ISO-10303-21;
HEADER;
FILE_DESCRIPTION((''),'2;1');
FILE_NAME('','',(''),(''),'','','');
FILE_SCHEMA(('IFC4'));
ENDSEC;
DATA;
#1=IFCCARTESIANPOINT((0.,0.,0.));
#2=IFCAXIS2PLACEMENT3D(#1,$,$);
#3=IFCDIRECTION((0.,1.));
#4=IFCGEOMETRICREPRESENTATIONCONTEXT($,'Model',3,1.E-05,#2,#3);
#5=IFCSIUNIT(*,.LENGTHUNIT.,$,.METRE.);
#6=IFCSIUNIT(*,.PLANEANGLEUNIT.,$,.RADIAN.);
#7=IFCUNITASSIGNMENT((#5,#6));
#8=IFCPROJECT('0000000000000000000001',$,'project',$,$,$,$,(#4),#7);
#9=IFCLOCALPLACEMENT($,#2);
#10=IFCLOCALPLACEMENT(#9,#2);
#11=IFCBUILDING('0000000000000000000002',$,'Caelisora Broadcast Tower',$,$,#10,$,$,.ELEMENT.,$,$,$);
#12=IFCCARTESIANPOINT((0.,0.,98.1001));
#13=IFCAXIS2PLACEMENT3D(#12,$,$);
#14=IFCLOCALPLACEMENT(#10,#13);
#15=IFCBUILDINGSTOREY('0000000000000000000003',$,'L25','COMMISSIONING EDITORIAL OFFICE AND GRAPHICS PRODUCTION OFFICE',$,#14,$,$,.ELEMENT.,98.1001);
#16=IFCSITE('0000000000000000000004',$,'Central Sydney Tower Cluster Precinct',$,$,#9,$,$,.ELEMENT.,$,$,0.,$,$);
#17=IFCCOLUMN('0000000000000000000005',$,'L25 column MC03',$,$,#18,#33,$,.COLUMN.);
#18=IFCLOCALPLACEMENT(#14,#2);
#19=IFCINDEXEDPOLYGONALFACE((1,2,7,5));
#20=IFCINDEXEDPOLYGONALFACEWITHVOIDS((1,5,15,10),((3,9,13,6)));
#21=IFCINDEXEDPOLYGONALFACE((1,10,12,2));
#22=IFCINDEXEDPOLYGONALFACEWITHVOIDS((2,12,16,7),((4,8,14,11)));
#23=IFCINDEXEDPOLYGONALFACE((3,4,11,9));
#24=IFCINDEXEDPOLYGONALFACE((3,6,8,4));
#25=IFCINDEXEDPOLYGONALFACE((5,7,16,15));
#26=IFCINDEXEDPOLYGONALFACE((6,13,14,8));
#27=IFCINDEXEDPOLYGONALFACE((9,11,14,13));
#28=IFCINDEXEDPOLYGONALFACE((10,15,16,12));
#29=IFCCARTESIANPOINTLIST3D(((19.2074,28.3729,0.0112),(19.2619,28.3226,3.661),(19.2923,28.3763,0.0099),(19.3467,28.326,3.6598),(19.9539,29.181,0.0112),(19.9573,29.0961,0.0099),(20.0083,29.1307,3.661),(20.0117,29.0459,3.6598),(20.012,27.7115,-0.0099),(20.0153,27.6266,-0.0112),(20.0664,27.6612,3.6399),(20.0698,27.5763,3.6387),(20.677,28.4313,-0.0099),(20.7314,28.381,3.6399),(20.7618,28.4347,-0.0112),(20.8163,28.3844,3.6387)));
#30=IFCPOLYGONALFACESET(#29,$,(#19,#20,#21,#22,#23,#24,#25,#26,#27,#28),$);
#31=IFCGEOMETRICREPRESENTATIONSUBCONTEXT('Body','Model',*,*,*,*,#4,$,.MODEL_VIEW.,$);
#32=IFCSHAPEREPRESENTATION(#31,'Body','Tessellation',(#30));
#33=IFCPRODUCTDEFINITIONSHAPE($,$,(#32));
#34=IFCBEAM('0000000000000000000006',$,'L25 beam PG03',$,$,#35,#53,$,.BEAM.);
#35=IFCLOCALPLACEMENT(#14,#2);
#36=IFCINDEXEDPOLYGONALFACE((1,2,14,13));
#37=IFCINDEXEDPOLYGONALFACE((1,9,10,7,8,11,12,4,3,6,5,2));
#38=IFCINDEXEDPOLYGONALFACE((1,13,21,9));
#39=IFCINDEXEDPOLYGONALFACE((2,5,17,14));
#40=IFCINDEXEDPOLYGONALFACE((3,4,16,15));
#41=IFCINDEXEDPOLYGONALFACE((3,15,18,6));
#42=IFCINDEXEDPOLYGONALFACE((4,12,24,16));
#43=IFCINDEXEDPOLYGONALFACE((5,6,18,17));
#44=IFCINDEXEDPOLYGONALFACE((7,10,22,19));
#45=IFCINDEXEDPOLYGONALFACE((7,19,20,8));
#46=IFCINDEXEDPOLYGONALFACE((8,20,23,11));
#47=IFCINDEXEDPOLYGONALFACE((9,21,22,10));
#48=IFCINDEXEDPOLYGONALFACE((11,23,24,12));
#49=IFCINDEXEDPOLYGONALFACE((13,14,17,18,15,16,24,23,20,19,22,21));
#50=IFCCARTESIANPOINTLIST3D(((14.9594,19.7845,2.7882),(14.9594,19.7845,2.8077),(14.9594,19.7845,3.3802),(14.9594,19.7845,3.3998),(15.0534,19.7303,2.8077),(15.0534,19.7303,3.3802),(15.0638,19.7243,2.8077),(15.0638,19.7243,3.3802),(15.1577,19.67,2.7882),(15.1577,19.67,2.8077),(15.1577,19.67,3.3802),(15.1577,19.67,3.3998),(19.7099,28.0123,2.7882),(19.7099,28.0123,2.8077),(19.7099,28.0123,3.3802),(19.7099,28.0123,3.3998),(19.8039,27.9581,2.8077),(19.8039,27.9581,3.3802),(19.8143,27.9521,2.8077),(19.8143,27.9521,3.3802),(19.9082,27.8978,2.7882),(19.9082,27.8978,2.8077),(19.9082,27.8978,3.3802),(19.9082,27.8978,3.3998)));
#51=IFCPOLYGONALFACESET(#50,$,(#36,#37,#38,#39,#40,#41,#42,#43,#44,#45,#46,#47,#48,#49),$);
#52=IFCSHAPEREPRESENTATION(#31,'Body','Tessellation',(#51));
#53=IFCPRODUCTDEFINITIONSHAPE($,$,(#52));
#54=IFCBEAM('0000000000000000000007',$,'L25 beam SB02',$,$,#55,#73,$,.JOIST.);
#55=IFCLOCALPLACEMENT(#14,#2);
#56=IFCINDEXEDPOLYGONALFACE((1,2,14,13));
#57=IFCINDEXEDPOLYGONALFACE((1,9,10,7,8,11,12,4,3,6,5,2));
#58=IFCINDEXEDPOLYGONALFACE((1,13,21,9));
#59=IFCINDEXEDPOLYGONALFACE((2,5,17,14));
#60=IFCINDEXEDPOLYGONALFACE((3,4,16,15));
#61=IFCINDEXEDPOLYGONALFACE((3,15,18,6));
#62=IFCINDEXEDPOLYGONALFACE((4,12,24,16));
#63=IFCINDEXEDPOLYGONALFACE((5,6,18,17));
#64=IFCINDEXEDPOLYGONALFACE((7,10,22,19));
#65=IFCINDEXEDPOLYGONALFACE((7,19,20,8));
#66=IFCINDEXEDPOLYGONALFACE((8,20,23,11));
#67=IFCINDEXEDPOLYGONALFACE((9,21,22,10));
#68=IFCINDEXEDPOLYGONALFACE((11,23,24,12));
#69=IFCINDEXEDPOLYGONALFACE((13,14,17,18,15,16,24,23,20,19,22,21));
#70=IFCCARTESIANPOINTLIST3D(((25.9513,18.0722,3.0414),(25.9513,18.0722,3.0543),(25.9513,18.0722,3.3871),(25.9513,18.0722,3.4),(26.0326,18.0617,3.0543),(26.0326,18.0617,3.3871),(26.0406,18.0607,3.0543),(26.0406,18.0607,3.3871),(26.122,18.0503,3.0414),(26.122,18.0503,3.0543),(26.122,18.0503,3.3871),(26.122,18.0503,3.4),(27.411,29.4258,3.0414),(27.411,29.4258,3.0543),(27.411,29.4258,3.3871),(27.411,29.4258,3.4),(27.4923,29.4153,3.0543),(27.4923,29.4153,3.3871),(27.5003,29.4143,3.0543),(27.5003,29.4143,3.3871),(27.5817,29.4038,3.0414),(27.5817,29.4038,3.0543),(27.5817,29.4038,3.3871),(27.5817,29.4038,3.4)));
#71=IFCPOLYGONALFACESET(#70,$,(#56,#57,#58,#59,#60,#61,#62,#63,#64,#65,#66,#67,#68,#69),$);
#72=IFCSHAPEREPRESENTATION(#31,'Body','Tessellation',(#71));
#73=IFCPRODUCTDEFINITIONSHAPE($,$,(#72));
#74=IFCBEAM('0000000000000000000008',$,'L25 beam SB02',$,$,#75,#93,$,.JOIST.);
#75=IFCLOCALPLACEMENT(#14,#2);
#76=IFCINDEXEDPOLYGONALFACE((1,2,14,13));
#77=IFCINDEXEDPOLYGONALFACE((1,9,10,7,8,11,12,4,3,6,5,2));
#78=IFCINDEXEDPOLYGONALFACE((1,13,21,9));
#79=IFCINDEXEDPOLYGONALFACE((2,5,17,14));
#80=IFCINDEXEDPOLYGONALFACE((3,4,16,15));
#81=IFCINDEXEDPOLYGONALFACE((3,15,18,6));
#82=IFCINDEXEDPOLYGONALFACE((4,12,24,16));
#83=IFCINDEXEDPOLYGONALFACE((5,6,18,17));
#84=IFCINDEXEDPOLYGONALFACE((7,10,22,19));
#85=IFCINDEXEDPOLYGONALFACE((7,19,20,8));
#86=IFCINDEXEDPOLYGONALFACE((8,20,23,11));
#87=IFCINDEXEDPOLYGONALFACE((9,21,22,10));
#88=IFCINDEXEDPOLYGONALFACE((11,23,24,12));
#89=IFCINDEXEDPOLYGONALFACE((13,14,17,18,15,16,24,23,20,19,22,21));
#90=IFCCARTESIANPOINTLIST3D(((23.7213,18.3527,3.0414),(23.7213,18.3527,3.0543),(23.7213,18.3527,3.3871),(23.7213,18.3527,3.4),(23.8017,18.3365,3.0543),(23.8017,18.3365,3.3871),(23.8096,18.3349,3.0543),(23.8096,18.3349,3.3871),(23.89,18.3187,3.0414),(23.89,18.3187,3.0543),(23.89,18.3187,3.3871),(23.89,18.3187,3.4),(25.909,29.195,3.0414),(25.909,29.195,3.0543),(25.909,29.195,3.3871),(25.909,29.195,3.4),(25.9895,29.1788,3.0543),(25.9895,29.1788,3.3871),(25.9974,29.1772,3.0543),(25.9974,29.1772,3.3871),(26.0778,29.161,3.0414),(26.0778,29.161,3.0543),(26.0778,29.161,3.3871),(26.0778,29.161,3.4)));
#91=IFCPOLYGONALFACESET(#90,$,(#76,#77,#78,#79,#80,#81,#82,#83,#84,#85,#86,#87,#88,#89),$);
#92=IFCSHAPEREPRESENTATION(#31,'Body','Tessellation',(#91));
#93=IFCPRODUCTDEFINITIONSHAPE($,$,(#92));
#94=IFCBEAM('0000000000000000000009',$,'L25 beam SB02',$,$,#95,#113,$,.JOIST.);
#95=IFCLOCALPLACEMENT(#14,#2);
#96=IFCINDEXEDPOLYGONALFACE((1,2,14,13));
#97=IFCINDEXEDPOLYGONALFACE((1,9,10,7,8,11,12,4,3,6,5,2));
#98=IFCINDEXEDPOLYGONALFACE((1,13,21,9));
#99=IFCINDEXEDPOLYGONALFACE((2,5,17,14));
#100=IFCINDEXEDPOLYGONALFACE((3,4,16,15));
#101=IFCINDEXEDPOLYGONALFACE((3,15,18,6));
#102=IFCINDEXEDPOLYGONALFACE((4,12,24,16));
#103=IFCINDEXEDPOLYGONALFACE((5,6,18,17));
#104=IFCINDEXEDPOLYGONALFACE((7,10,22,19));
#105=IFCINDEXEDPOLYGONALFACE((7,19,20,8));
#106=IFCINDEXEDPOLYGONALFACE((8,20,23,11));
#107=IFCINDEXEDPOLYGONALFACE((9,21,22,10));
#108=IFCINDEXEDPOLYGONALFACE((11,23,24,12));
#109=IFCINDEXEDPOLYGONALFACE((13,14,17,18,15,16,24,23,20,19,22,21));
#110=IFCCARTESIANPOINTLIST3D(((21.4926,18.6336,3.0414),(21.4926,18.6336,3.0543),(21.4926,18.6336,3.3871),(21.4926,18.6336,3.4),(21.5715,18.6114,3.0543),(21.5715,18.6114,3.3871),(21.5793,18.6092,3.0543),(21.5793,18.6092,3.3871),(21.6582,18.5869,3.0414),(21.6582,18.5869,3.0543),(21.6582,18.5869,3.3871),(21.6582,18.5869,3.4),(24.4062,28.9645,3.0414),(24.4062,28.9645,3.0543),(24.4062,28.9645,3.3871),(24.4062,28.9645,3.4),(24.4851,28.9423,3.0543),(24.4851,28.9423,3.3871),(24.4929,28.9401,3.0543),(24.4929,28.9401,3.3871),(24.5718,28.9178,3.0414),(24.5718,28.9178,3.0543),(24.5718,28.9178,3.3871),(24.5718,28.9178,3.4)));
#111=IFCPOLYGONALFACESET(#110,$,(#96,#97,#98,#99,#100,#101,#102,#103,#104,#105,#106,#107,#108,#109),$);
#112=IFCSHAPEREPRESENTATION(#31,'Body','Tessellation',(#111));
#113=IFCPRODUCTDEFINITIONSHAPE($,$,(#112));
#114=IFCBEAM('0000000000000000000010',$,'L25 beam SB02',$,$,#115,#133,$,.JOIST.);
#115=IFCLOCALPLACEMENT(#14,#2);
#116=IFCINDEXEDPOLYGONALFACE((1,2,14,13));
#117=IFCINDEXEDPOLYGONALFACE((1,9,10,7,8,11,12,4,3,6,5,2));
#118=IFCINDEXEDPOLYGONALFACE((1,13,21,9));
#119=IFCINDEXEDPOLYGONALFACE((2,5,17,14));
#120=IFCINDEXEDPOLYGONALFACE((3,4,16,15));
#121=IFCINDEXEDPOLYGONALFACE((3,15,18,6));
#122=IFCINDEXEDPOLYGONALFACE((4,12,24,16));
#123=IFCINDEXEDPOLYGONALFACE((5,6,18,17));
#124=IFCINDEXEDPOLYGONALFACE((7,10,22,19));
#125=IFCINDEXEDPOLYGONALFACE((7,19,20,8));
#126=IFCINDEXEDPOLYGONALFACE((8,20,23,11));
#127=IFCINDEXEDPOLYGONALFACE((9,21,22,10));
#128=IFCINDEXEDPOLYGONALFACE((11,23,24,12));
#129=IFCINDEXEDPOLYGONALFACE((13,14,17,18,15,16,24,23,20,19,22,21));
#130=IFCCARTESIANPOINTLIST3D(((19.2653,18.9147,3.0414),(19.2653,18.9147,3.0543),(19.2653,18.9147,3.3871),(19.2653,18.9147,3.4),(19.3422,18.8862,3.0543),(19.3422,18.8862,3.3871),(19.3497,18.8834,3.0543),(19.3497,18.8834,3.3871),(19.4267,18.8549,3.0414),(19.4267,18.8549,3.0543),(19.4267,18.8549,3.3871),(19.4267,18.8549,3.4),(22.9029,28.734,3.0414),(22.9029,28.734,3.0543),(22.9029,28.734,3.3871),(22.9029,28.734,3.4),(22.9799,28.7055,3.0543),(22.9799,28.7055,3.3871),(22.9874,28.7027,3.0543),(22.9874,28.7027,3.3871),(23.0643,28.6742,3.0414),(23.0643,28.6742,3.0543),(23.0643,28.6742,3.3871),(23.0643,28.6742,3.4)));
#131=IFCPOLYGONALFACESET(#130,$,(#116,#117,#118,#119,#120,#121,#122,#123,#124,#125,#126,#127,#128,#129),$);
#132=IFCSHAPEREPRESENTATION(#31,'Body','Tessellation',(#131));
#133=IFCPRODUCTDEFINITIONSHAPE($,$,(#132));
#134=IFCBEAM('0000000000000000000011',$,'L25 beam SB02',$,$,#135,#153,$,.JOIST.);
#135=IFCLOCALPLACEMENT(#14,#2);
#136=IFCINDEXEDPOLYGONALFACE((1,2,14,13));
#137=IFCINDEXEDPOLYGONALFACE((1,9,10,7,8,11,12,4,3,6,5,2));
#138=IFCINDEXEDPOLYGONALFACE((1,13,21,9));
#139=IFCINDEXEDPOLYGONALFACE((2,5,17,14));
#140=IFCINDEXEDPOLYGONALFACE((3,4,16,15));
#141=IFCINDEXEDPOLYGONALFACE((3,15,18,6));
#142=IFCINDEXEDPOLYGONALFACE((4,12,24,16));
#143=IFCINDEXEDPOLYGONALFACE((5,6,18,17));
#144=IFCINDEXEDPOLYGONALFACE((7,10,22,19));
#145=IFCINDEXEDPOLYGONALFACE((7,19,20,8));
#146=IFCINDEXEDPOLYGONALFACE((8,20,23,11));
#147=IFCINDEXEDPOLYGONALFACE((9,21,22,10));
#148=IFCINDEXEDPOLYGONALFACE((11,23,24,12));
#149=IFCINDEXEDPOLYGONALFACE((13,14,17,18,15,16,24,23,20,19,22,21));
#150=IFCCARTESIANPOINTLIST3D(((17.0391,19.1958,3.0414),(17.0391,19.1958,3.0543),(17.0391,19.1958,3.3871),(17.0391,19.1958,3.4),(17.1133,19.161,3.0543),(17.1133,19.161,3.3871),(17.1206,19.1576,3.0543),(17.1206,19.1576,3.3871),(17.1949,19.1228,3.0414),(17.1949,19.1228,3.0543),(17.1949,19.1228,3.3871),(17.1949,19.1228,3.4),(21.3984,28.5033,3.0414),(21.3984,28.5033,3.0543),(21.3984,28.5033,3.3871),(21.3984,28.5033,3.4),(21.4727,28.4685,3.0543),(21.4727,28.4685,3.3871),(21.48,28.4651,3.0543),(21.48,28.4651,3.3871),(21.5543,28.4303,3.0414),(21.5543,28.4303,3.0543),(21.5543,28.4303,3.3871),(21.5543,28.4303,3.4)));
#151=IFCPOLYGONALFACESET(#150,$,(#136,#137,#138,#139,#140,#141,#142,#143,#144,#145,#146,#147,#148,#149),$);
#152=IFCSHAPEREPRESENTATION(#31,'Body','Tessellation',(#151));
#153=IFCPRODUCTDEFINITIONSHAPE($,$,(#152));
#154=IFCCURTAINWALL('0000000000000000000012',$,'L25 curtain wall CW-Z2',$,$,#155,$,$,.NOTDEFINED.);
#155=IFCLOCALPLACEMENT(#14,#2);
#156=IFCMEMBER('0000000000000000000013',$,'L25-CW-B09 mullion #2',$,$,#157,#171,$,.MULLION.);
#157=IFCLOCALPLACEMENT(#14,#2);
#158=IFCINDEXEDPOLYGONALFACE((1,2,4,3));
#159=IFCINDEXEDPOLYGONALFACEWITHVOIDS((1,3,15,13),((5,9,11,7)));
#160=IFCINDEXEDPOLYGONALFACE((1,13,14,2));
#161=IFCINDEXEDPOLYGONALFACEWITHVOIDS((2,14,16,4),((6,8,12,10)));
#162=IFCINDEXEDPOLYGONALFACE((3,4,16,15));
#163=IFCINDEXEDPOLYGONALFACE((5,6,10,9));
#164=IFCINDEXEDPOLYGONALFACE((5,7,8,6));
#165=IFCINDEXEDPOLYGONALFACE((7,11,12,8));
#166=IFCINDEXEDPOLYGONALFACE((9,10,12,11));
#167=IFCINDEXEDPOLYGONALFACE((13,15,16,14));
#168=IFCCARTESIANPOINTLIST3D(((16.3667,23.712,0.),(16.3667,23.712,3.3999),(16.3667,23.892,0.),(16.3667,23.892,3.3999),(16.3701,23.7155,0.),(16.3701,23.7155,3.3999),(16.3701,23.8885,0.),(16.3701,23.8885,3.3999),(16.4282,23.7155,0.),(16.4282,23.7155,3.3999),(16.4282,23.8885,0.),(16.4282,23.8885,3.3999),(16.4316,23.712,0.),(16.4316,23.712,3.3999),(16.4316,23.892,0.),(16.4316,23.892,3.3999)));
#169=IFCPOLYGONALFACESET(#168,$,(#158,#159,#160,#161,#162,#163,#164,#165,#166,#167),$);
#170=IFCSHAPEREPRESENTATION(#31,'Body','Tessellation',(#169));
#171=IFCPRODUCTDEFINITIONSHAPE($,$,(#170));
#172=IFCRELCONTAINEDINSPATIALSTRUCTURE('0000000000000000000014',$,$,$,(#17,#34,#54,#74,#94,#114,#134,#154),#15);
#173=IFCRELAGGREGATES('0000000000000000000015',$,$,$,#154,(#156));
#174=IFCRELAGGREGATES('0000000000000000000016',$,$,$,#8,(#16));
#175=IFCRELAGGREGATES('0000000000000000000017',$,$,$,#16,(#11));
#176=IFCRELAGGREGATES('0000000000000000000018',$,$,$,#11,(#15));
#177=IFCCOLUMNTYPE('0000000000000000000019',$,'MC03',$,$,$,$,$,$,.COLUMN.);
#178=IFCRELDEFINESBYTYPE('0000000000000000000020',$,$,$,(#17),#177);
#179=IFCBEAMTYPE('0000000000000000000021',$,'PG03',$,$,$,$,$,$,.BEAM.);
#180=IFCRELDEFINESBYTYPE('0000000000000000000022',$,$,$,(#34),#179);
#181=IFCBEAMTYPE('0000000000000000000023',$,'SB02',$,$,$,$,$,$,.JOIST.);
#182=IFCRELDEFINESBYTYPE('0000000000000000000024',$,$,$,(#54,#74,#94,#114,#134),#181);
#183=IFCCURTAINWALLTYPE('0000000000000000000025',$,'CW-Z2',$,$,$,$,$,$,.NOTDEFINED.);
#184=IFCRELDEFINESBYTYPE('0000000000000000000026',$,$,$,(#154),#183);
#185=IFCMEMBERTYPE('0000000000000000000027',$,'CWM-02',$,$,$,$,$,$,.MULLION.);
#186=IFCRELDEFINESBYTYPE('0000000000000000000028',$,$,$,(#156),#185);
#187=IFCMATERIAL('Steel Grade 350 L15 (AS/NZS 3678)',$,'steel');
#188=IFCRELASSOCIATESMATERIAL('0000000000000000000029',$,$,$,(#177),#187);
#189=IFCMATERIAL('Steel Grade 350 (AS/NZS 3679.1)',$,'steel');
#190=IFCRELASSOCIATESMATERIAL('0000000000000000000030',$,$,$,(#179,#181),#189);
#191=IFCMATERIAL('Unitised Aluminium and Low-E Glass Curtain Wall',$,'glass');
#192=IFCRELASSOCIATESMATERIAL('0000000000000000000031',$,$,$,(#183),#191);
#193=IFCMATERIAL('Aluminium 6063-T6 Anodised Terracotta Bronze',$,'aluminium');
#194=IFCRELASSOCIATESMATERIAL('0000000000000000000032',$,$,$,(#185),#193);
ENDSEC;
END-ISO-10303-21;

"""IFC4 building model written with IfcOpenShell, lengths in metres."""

from ifc_helpers import new_model, si_unit, direction, frame, origin, origin_2d, place, context, subcontext, project, spatial, hollow_rectangle, i_section, extrude, source, transform, mapped, material, material_profile, profile_set, type_object, type_shapes, element, aggregate, save


model = new_model("IFC4")

# Units and contexts
model_context = context("Model", 3, precision=1e-05, world=origin(), true_north=direction((0.0, 1.0)))
body_context = subcontext(model_context, "Body", "Model", "MODEL_VIEW")
ifc_project = project(units=[si_unit("LENGTHUNIT", "METRE"), si_unit("PLANEANGLEUNIT", "RADIAN")], contexts=[model_context])

# Site, building, storey
site_placement = place(None, origin())
site = spatial("IfcSite", under=ifc_project, at=site_placement, Name="Central Sydney Tower Cluster Precinct", CompositionType="ELEMENT", RefElevation=0.0)
building_placement = place(site_placement, origin())
building = spatial("IfcBuilding", under=site, at=building_placement, Name="Caelisora Broadcast Tower", CompositionType="ELEMENT")
storey_placement = place(building_placement, frame((0.0, 0.0, 98.1001)))
storey = spatial("IfcBuildingStorey", under=building, at=storey_placement, Name="L25", Description="COMMISSIONING EDITORIAL OFFICE AND GRAPHICS PRODUCTION OFFICE", CompositionType="ELEMENT", Elevation=98.1001)

# Column
ifc_material_1 = material(Name="Steel Grade 350 L15 (AS/NZS 3678)", Category="steel")
ifc_material_profile_1 = material_profile(ifc_material_1, hollow_rectangle(XDim=1.1001, YDim=1.1001, WallThickness=0.0601, at=origin_2d()), Name="Steel Grade 350 L15 (AS/NZS 3678)")
ifc_profile_set_1 = profile_set([ifc_material_profile_1], Name="Steel Grade 350 L15 (AS/NZS 3678)")
column_type = type_object("IfcColumnType", Name="MC03", PredefinedType="COLUMN", material=ifc_profile_set_1)
shared_shape_1 = source(origin(), body_context, "Body", "SweptSolid", [
    extrude(hollow_rectangle(XDim=1.1001, YDim=1.1001, WallThickness=0.0601, at=origin_2d()), origin(), (0.0, 0.0, 1.0), 3.6506),
])
type_shapes(column_type, [shared_shape_1])
column_placement = place(storey_placement, frame((19.9846, 28.4038, 0.0), z_axis=(0.014913, -0.013776, 0.999794), x_axis=(0.678554, 0.734551, 0.0)))
element("IfcColumn", 1, at=column_placement, inside=storey, type_object=column_type, Name="L25 column MC03", PredefinedType="COLUMN", context=body_context, shape_type="MappedRepresentation", body=[
    mapped(shared_shape_1, transform((0.0, 0.0, 0.0), scale=1.0)),
])

# Beams
ifc_material_2 = material(Name="Steel Grade 350 (AS/NZS 3679.1)", Category="steel")
ifc_material_profile_2 = material_profile(ifc_material_2, i_section(OverallWidth=0.229, OverallDepth=0.6116, WebThickness=0.012, FlangeThickness=0.0195, at=origin_2d()), Name="Steel Grade 350 (AS/NZS 3679.1)")
ifc_profile_set_2 = profile_set([ifc_material_profile_2], Name="Steel Grade 350 (AS/NZS 3679.1)")
beam_type_1 = type_object("IfcBeamType", Name="PG03", PredefinedType="BEAM", material=ifc_profile_set_2)
shared_shape_2 = source(origin(), body_context, "Body", "SweptSolid", [
    extrude(i_section(OverallWidth=0.229, OverallDepth=0.6116, WebThickness=0.012, FlangeThickness=0.0195, at=origin_2d()), origin(), (0.0, 0.0, 1.0), 9.5007),
])
type_shapes(beam_type_1, [shared_shape_2])
beam_1_placement = place(storey_placement, frame((19.8091, 27.9551, 3.094), z_axis=(-0.500014, -0.866017, 0.0), x_axis=(0.866017, -0.500014, 0.0)))
element("IfcBeam", 2, at=beam_1_placement, inside=storey, type_object=beam_type_1, Name="L25 beam PG03", PredefinedType="BEAM", context=body_context, shape_type="MappedRepresentation", body=[
    mapped(shared_shape_2, transform((0.0, 0.0, 0.0), scale=1.0)),
])
ifc_material_profile_3 = material_profile(ifc_material_2, i_section(OverallWidth=0.1721, OverallDepth=0.3586, WebThickness=0.0081, FlangeThickness=0.0129, at=origin_2d()), Name="Steel Grade 350 (AS/NZS 3679.1)")
ifc_profile_set_3 = profile_set([ifc_material_profile_3], Name="Steel Grade 350 (AS/NZS 3679.1)")
beam_type_2 = type_object("IfcBeamType", Name="SB02", PredefinedType="JOIST", material=ifc_profile_set_3)
shared_shape_3 = source(origin(), body_context, "Body", "SweptSolid", [
    extrude(i_section(OverallWidth=0.1721, OverallDepth=0.3586, WebThickness=0.0081, FlangeThickness=0.0129, at=origin_2d()), origin(), (0.0, 0.0, 1.0), 11.447),
])
beam_2_placement = place(storey_placement, frame((27.4963, 29.4148, 3.2207), z_axis=(-0.12752, -0.991836, 0.0), x_axis=(0.991836, -0.12752, 0.0)))
element("IfcBeam", 3, at=beam_2_placement, inside=storey, type_object=beam_type_2, Name="L25 beam SB02", PredefinedType="JOIST", context=body_context, shape_type="MappedRepresentation", body=[
    mapped(shared_shape_3, transform((0.0, 0.0, 0.0), scale=1.0)),
])
shared_shape_4 = source(origin(), body_context, "Body", "SweptSolid", [
    extrude(i_section(OverallWidth=0.1721, OverallDepth=0.3586, WebThickness=0.0081, FlangeThickness=0.0129, at=origin_2d()), origin(), (0.0, 0.0, 1.0), 11.0608),
])
beam_3_placement = place(storey_placement, frame((25.9934, 29.178, 3.2207), z_axis=(-0.197793, -0.980244, 0.0), x_axis=(0.980244, -0.197793, 0.0)))
element("IfcBeam", 4, at=beam_3_placement, inside=storey, type_object=beam_type_2, Name="L25 beam SB02", PredefinedType="JOIST", context=body_context, shape_type="MappedRepresentation", body=[
    mapped(shared_shape_4, transform((0.0, 0.0, 0.0), scale=1.0)),
])
shared_shape_5 = source(origin(), body_context, "Body", "SweptSolid", [
    extrude(i_section(OverallWidth=0.1721, OverallDepth=0.3586, WebThickness=0.0081, FlangeThickness=0.0129, at=origin_2d()), origin(), (0.0, 0.0, 1.0), 10.7339),
])
beam_4_placement = place(storey_placement, frame((24.489, 28.9412, 3.2207), z_axis=(-0.271439, -0.962456, 0.0), x_axis=(0.962456, -0.271439, 0.0)))
element("IfcBeam", 5, at=beam_4_placement, inside=storey, type_object=beam_type_2, Name="L25 beam SB02", PredefinedType="JOIST", context=body_context, shape_type="MappedRepresentation", body=[
    mapped(shared_shape_5, transform((0.0, 0.0, 0.0), scale=1.0)),
])
shared_shape_6 = source(origin(), body_context, "Body", "SweptSolid", [
    extrude(i_section(OverallWidth=0.1721, OverallDepth=0.3586, WebThickness=0.0081, FlangeThickness=0.0129, at=origin_2d()), origin(), (0.0, 0.0, 1.0), 10.4714),
])
beam_5_placement = place(storey_placement, frame((22.9836, 28.7041, 3.2207), z_axis=(-0.34739, -0.937721, 0.0), x_axis=(0.937721, -0.34739, 0.0)))
element("IfcBeam", 6, at=beam_5_placement, inside=storey, type_object=beam_type_2, Name="L25 beam SB02", PredefinedType="JOIST", context=body_context, shape_type="MappedRepresentation", body=[
    mapped(shared_shape_6, transform((0.0, 0.0, 0.0), scale=1.0)),
])
shared_shape_7 = source(origin(), body_context, "Body", "SweptSolid", [
    extrude(i_section(OverallWidth=0.1721, OverallDepth=0.3586, WebThickness=0.0081, FlangeThickness=0.0129, at=origin_2d()), origin(), (0.0, 0.0, 1.0), 10.2778),
])
type_shapes(beam_type_2, [shared_shape_3, shared_shape_4, shared_shape_5, shared_shape_6, shared_shape_7])
beam_6_placement = place(storey_placement, frame((21.4763, 28.4668, 3.2207), z_axis=(-0.424149, -0.905592, 0.0), x_axis=(0.905592, -0.424149, 0.0)))
element("IfcBeam", 7, at=beam_6_placement, inside=storey, type_object=beam_type_2, Name="L25 beam SB02", PredefinedType="JOIST", context=body_context, shape_type="MappedRepresentation", body=[
    mapped(shared_shape_7, transform((0.0, 0.0, 0.0), scale=1.0)),
])

# Curtain wall, member
ifc_material_3 = material(Name="Unitised Aluminium and Low-E Glass Curtain Wall", Category="glass")
curtain_wall_type_1 = type_object("IfcCurtainWallType", Name="CW-Z2", PredefinedType="NOTDEFINED", material=ifc_material_3)
curtain_wall_1_placement = place(storey_placement, origin())
curtain_wall_1 = element("IfcCurtainWall", 8, at=curtain_wall_1_placement, inside=storey, type_object=curtain_wall_type_1, Name="L25 curtain wall CW-Z2", PredefinedType="NOTDEFINED")
ifc_material_4 = material(Name="Aluminium 6063-T6 Anodised Terracotta Bronze", Category="aluminium")
ifc_material_profile_4 = material_profile(ifc_material_4, hollow_rectangle(XDim=0.0649, YDim=0.1799, WallThickness=0.0034, at=origin_2d()), Name="Aluminium 6063-T6 Anodised Terracotta Bronze")
ifc_profile_set_4 = profile_set([ifc_material_profile_4], Name="Aluminium 6063-T6 Anodised Terracotta Bronze")
member_type_1 = type_object("IfcMemberType", Name="CWM-02", PredefinedType="MULLION", material=ifc_profile_set_4)
shared_shape_8 = source(origin(), body_context, "Body", "SweptSolid", [
    extrude(hollow_rectangle(XDim=0.0649, YDim=0.1799, WallThickness=0.0034, at=origin_2d()), origin(), (0.0, 0.0, 1.0), 3.3999),
])
type_shapes(member_type_1, [shared_shape_8])
member_1_placement = place(storey_placement, frame((16.3992, 23.802, 0.0), z_axis=(0.0, 0.0, 1.0), x_axis=(1.0, 0.0, 0.0)))
member_1 = element("IfcMember", 9, at=member_1_placement, type_object=member_type_1, Name="L25-CW-B09 mullion #2", PredefinedType="MULLION", context=body_context, shape_type="MappedRepresentation", body=[
    mapped(shared_shape_8, transform((0.0, 0.0, 0.0), scale=1.0)),
])

aggregate(curtain_wall_1, [member_1])

save(model, "model.ifc")
